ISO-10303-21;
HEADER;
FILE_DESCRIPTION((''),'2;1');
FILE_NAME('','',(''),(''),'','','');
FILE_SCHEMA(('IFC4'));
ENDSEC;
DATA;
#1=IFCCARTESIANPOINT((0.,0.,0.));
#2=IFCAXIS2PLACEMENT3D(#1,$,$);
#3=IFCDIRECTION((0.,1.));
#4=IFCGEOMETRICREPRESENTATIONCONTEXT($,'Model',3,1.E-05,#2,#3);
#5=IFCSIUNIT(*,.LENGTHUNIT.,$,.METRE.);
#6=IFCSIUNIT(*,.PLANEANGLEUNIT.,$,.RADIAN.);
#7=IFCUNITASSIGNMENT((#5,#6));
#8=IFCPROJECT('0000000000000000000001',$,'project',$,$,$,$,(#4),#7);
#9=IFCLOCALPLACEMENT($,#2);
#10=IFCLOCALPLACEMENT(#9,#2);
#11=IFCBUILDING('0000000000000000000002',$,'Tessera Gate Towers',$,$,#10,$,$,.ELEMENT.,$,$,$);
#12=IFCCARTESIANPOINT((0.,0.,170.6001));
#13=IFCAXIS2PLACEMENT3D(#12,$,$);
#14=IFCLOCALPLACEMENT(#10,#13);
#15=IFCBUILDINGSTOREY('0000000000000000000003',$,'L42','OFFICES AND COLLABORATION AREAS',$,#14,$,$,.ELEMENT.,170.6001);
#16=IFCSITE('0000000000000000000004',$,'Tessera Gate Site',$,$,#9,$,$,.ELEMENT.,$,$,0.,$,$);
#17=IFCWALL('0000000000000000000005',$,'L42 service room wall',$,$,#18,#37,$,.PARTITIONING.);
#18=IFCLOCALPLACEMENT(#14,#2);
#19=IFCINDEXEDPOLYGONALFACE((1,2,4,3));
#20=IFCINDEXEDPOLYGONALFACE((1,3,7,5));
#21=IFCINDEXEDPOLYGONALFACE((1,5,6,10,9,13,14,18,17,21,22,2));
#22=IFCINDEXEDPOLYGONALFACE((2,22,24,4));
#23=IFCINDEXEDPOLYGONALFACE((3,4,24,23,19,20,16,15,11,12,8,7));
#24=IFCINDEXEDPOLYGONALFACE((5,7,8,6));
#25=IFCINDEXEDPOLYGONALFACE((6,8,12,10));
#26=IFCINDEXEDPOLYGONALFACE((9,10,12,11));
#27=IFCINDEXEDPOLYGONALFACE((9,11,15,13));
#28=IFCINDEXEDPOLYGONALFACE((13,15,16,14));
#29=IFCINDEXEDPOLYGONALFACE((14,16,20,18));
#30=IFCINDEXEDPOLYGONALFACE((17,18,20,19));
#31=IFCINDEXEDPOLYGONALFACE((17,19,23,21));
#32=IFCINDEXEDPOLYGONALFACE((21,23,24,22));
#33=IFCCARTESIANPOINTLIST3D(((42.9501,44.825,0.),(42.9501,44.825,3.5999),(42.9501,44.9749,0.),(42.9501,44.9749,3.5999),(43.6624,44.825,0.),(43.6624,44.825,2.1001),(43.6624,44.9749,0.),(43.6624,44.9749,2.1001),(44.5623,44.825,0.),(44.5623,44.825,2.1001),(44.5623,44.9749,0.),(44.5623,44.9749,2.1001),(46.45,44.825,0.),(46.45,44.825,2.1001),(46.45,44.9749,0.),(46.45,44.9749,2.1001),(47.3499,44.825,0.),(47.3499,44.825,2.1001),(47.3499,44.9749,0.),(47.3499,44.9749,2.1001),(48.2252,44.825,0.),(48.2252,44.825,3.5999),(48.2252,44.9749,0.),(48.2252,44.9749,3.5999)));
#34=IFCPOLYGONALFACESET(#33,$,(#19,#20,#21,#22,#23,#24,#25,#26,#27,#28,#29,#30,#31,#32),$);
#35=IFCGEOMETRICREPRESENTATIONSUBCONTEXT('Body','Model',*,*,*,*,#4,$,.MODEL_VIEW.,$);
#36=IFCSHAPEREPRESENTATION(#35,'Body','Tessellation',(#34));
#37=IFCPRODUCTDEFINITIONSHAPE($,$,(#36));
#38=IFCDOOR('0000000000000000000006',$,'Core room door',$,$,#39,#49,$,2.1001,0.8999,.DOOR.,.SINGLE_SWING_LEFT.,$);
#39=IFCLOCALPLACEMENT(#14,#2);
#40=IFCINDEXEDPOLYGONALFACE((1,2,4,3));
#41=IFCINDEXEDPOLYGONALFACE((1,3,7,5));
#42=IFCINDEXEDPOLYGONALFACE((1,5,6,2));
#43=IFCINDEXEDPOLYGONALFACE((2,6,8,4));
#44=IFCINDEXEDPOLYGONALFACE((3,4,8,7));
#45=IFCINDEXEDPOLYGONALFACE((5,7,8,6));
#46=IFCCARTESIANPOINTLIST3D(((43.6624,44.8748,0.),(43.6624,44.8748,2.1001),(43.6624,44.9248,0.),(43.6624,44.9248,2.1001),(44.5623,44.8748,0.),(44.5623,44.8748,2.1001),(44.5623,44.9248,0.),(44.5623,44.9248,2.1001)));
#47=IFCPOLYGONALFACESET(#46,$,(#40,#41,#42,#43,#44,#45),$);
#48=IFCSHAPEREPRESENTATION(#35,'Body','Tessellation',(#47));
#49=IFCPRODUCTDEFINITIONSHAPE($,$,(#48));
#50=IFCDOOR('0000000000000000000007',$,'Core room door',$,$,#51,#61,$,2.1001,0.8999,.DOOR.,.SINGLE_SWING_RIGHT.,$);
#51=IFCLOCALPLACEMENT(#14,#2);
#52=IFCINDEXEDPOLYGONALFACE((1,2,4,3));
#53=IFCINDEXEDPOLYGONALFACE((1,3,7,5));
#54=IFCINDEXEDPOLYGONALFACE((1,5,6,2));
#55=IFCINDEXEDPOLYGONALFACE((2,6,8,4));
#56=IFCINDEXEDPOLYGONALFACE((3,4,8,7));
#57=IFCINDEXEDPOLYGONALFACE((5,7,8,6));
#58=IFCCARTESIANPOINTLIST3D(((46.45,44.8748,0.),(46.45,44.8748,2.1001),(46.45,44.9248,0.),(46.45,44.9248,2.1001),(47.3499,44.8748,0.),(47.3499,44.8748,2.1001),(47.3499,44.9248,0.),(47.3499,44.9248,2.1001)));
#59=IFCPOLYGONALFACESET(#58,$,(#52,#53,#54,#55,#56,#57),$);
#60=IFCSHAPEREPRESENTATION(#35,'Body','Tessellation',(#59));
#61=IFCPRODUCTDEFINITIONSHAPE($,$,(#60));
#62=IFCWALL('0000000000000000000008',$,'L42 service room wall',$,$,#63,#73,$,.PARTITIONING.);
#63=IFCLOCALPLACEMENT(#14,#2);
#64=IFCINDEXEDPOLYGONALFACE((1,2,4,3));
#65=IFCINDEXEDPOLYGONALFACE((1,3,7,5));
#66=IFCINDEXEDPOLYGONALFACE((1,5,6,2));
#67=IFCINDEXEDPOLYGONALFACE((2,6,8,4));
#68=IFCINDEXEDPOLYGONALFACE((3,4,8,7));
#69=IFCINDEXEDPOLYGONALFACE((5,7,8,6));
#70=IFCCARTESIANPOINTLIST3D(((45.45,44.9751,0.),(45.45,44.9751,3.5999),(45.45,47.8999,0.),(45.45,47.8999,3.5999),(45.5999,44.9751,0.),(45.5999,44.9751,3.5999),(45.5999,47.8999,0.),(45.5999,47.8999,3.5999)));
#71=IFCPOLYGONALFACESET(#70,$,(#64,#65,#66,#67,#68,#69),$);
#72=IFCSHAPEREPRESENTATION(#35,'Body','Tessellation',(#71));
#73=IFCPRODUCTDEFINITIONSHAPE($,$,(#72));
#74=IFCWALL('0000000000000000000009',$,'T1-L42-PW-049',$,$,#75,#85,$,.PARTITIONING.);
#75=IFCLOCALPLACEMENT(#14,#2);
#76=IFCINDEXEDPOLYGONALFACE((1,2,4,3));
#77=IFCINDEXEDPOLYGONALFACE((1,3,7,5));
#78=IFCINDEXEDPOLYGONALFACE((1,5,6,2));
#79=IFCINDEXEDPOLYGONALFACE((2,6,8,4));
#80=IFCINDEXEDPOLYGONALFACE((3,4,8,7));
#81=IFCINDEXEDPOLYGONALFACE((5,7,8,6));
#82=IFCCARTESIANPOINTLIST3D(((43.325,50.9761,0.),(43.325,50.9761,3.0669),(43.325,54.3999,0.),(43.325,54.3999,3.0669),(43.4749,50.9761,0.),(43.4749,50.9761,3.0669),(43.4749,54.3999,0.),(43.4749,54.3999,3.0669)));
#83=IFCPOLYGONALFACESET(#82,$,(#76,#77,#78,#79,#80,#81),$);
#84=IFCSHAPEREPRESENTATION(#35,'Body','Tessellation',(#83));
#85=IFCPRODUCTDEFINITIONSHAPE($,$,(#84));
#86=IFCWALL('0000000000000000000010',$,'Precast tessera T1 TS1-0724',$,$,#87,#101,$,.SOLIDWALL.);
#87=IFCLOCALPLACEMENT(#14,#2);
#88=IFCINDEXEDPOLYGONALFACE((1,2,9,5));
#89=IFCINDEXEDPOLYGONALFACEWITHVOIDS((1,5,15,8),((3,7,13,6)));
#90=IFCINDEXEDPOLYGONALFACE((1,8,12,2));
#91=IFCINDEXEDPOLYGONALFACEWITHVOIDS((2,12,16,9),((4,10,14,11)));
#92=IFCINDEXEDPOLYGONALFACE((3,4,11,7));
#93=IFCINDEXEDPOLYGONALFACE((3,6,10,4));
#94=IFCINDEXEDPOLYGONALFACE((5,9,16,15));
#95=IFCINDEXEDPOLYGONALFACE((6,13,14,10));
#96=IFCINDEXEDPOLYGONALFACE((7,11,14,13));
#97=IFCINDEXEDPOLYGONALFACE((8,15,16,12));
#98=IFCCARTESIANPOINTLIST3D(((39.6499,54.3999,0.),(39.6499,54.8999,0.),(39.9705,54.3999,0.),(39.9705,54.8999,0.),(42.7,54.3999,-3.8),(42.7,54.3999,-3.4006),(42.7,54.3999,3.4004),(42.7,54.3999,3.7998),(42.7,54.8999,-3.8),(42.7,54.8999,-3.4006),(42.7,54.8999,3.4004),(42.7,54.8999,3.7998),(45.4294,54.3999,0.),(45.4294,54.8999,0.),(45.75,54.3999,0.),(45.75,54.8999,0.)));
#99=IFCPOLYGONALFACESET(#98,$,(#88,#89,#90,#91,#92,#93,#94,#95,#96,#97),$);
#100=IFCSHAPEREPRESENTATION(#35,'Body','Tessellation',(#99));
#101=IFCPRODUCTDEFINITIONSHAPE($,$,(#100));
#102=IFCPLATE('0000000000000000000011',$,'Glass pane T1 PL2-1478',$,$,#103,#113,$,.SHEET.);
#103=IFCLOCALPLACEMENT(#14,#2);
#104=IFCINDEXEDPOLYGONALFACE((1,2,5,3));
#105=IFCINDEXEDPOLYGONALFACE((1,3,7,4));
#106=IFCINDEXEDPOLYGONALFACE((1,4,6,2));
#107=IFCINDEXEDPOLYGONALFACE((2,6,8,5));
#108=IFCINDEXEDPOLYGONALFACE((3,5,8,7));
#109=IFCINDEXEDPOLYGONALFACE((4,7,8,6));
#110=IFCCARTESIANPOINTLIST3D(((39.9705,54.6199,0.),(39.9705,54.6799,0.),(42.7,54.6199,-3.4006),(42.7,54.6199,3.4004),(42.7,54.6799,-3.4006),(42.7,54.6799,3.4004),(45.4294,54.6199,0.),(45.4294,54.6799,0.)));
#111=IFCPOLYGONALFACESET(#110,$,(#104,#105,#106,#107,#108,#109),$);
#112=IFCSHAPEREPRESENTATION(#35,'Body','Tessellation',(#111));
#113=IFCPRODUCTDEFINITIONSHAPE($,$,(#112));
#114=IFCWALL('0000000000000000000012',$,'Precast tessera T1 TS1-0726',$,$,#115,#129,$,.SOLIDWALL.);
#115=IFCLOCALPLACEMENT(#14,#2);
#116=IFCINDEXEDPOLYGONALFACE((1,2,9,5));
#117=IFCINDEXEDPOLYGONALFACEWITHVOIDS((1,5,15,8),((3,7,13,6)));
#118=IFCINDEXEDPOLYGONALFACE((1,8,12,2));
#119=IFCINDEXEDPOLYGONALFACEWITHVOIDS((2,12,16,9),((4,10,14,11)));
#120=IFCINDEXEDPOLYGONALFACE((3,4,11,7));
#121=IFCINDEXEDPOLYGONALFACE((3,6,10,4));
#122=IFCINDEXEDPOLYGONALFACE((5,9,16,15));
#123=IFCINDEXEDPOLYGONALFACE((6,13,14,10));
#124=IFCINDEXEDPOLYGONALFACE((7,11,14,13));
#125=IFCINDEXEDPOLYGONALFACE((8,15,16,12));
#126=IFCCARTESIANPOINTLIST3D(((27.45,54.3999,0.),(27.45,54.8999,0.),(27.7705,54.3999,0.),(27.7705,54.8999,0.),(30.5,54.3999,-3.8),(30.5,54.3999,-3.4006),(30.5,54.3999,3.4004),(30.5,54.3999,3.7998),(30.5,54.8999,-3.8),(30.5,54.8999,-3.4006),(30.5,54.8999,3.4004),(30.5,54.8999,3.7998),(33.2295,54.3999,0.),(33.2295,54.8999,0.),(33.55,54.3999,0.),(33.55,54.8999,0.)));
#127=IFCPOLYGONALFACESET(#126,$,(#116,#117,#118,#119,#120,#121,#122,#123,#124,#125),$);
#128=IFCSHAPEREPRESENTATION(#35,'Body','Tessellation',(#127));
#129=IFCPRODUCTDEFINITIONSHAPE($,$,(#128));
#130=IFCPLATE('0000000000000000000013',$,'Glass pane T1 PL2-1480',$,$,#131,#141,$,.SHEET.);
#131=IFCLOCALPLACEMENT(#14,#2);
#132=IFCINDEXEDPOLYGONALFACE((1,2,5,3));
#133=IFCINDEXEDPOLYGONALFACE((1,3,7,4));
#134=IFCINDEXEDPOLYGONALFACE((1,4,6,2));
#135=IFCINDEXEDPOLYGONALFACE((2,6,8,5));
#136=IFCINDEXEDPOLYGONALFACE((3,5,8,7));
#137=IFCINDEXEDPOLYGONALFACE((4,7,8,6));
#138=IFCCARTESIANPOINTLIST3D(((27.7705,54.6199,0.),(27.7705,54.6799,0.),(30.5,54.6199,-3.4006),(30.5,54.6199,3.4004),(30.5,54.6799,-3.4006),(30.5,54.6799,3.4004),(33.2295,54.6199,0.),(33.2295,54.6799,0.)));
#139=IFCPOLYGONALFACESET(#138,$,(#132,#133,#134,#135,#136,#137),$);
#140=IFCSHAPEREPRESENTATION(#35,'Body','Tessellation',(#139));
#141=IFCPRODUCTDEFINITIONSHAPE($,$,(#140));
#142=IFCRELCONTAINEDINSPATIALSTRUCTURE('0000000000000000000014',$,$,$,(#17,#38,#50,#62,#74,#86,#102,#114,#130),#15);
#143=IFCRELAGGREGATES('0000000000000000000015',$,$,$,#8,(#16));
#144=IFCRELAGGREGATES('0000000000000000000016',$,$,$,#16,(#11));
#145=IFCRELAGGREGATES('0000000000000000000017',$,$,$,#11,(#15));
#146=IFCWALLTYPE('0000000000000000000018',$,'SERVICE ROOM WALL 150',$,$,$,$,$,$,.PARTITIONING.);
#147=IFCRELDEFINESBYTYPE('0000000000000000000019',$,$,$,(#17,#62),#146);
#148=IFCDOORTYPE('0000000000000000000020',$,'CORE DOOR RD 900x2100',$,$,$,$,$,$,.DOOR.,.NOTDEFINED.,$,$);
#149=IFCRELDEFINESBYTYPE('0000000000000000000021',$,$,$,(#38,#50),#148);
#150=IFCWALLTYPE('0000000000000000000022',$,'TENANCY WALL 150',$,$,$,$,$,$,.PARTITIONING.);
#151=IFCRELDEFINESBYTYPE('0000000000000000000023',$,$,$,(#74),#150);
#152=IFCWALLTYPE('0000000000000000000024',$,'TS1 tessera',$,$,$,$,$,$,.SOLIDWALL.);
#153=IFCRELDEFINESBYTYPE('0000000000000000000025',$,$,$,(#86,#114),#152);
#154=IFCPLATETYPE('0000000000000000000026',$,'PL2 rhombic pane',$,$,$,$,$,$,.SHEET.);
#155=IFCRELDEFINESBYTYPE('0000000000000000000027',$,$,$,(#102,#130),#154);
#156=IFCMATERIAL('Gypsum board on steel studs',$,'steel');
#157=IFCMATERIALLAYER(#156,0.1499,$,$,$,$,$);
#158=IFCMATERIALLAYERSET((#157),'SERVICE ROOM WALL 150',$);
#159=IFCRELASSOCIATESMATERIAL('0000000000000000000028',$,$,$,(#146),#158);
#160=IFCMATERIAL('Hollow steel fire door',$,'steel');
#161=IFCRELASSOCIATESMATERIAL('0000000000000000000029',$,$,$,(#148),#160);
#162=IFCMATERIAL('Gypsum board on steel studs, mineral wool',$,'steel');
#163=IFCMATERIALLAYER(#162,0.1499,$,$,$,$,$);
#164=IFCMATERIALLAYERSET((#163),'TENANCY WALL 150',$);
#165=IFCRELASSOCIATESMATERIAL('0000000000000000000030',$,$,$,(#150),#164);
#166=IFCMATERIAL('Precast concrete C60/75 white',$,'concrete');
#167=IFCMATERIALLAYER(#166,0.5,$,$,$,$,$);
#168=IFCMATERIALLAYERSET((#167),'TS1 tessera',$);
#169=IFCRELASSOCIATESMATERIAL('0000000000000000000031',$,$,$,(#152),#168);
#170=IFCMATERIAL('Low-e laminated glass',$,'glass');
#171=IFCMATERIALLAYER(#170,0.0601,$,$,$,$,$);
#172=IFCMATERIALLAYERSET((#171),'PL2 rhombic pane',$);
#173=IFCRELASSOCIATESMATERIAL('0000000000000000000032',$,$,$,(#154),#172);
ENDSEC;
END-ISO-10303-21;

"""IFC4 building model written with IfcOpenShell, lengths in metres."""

from ifc_helpers import new_model, si_unit, direction, frame, frame_2d, origin, place, context, subcontext, project, spatial, polyline, rectangle, outline, extrude, source, transform, mapped, material, layer, layer_set, type_object, element, fill, save


model = new_model("IFC4")

# Units and contexts
model_context = context("Model", 3, precision=1e-05, world=origin(), true_north=direction((0.0, 1.0)))
body_context = subcontext(model_context, "Body", "Model", "MODEL_VIEW")
ifc_project = project(units=[si_unit("LENGTHUNIT", "METRE"), si_unit("PLANEANGLEUNIT", "RADIAN")], contexts=[model_context])

# Site, building, storey
site_placement = place(None, origin())
site = spatial("IfcSite", under=ifc_project, at=site_placement, Name="Tessera Gate Site", CompositionType="ELEMENT", RefElevation=0.0)
building_placement = place(site_placement, origin())
building = spatial("IfcBuilding", under=site, at=building_placement, Name="Tessera Gate Towers", CompositionType="ELEMENT")
storey_placement = place(building_placement, frame((0.0, 0.0, 170.6001)))
storey = spatial("IfcBuildingStorey", under=building, at=storey_placement, Name="L42", Description="OFFICES AND COLLABORATION AREAS", CompositionType="ELEMENT", Elevation=170.6001)

# Wall, openings, doors
ifc_material_1 = material(Name="Gypsum board on steel studs", Category="steel")
ifc_layer_1 = layer(ifc_material_1, 0.1499)
ifc_layer_set_1 = layer_set([ifc_layer_1], Name="SERVICE ROOM WALL 150")
wall_type_1 = type_object("IfcWallType", Name="SERVICE ROOM WALL 150", PredefinedType="PARTITIONING", material=ifc_layer_set_1)
shared_shape_1 = source(origin(), body_context, "Body", "SweptSolid", [
    extrude(rectangle(XDim=0.8999, YDim=2.1001, at=frame_2d((0.45, 1.05))), frame((0.0, 0.085, 0.0), z_axis=(0.0, -1.0, 0.0), x_axis=(1.0, 0.0, 0.0)), (0.0, 0.0, 1.0), 0.1699),
])
ifc_material_2 = material(Name="Hollow steel fire door", Category="steel")
door_type_1 = type_object("IfcDoorType", Name="CORE DOOR RD 900x2100", OperationType="NOTDEFINED", PredefinedType="DOOR", material=ifc_material_2)
shared_shape_2 = source(origin(), body_context, "Body", "SweptSolid", [
    extrude(rectangle(XDim=0.8999, YDim=2.1001, at=frame_2d((0.45, 1.05))), frame((0.0, 0.0249, 0.0), z_axis=(0.0, -1.0, 0.0), x_axis=(1.0, 0.0, 0.0)), (0.0, 0.0, 1.0), 0.05),
])
wall_1_placement = place(storey_placement, frame((42.95, 44.8999, 0.0), z_axis=(0.0, 0.0, 1.0), x_axis=(1.0, 0.0, 0.0)))
wall_1 = element("IfcWall", 1, at=wall_1_placement, inside=storey, type_object=wall_type_1, Name="L42 service room wall", PredefinedType="PARTITIONING", context=body_context, shape_type="SweptSolid", body=[
    extrude(rectangle(XDim=5.2751, YDim=0.1499, at=frame_2d((2.6377, 0.0))), origin(), (0.0, 0.0, 1.0), 3.5999),
])
opening_1_placement = place(wall_1_placement, frame((0.7124, 0.0, 0.0)))
opening_1 = element("IfcOpeningElement", 2, at=opening_1_placement, cuts=wall_1, PredefinedType="OPENING", context=body_context, shape_type="MappedRepresentation", body=[
    mapped(shared_shape_1, transform((0.0, 0.0, 0.0), scale=1.0)),
])
opening_2_placement = place(wall_1_placement, frame((3.5, 0.0, 0.0)))
opening_2 = element("IfcOpeningElement", 3, at=opening_2_placement, cuts=wall_1, PredefinedType="OPENING", context=body_context, shape_type="MappedRepresentation", body=[
    mapped(shared_shape_1, transform((0.0, 0.0, 0.0), scale=1.0)),
])
door_1_placement = place(opening_1_placement, origin())
door_1 = element("IfcDoor", 4, at=door_1_placement, inside=storey, type_object=door_type_1, Name="Core room door", OperationType="SINGLE_SWING_LEFT", OverallHeight=2.1001, OverallWidth=0.8999, PredefinedType="DOOR", context=body_context, shape_type="MappedRepresentation", body=[
    mapped(shared_shape_2, transform((0.0, 0.0, 0.0), scale=1.0)),
])
fill(opening_1, door_1)
door_2_placement = place(opening_2_placement, origin())
door_2 = element("IfcDoor", 5, at=door_2_placement, inside=storey, type_object=door_type_1, Name="Core room door", OperationType="SINGLE_SWING_RIGHT", OverallHeight=2.1001, OverallWidth=0.8999, PredefinedType="DOOR", context=body_context, shape_type="MappedRepresentation", body=[
    mapped(shared_shape_2, transform((0.0, 0.0, 0.0), scale=1.0)),
])
fill(opening_2, door_2)

# Walls
wall_2_placement = place(storey_placement, frame((45.5249, 44.9751, 0.0), z_axis=(0.0, 0.0, 1.0), x_axis=(0.0, 1.0, 0.0)))
element("IfcWall", 6, at=wall_2_placement, inside=storey, type_object=wall_type_1, Name="L42 service room wall", PredefinedType="PARTITIONING", context=body_context, shape_type="SweptSolid", body=[
    extrude(rectangle(XDim=2.9248, YDim=0.1499, at=frame_2d((1.4624, 0.0))), origin(), (0.0, 0.0, 1.0), 3.5999),
])
ifc_material_3 = material(Name="Gypsum board on steel studs, mineral wool", Category="steel")
ifc_layer_2 = layer(ifc_material_3, 0.1499)
ifc_layer_set_2 = layer_set([ifc_layer_2], Name="TENANCY WALL 150")
wall_type_2 = type_object("IfcWallType", Name="TENANCY WALL 150", PredefinedType="PARTITIONING", material=ifc_layer_set_2)
wall_3_placement = place(storey_placement, frame((43.3999, 50.9761, 0.0), z_axis=(0.0, 0.0, 1.0), x_axis=(0.0, 1.0, 0.0)))
element("IfcWall", 7, at=wall_3_placement, inside=storey, type_object=wall_type_2, Name="T1-L42-PW-049", PredefinedType="PARTITIONING", context=body_context, shape_type="SweptSolid", body=[
    extrude(rectangle(XDim=3.4238, YDim=0.1499, at=frame_2d((1.7119, 0.0))), origin(), (0.0, 0.0, 1.0), 3.0669),
])

# Walls, openings, plates
ifc_material_4 = material(Name="Precast concrete C60/75 white", Category="concrete")
ifc_layer_3 = layer(ifc_material_4, 0.5)
ifc_layer_set_3 = layer_set([ifc_layer_3], Name="TS1 tessera")
wall_type_3 = type_object("IfcWallType", Name="TS1 tessera", PredefinedType="SOLIDWALL", material=ifc_layer_set_3)
shared_shape_3 = source(origin(), body_context, "Body", "SweptSolid", [
    extrude(outline(polyline([(3.05, 0.0), (6.1001, 3.8), (3.05, 7.5999), (0.0, 3.8), (3.05, 0.0)])), frame((0.0, 0.25, 0.0), z_axis=(0.0, -1.0, 0.0), x_axis=(1.0, 0.0, 0.0)), (0.0, 0.0, 1.0), 0.5),
])
wall_4_placement = place(storey_placement, frame((45.75, 54.6499, -3.8), z_axis=(0.0, 0.0, 1.0), x_axis=(-1.0, 0.0, 0.0)))
wall_4 = element("IfcWall", 8, at=wall_4_placement, inside=storey, type_object=wall_type_3, Name="Precast tessera T1 TS1-0724", PredefinedType="SOLIDWALL", context=body_context, shape_type="MappedRepresentation", body=[
    mapped(shared_shape_3, transform((0.0, 0.0, 0.0), scale=1.0)),
])
shared_shape_4 = source(origin(), body_context, "Body", "SweptSolid", [
    extrude(outline(polyline([(3.05, 0.3994), (5.7795, 3.8), (3.05, 7.2004), (0.3206, 3.8), (3.05, 0.3994)])), frame((0.0, 0.26, 0.0), z_axis=(0.0, -1.0, 0.0), x_axis=(1.0, 0.0, 0.0)), (0.0, 0.0, 1.0), 0.52),
])
opening_3_placement = place(wall_4_placement, origin())
opening_3 = element("IfcOpeningElement", 9, at=opening_3_placement, cuts=wall_4, PredefinedType="OPENING", context=body_context, shape_type="MappedRepresentation", body=[
    mapped(shared_shape_4, transform((0.0, 0.0, 0.0), scale=1.0)),
])
ifc_material_5 = material(Name="Low-e laminated glass", Category="glass")
ifc_layer_4 = layer(ifc_material_5, 0.0601)
ifc_layer_set_4 = layer_set([ifc_layer_4], Name="PL2 rhombic pane")
plate_type = type_object("IfcPlateType", Name="PL2 rhombic pane", PredefinedType="SHEET", material=ifc_layer_set_4)
shared_shape_5 = source(origin(), body_context, "Body", "SweptSolid", [
    extrude(outline(polyline([(3.05, 0.3994), (5.7795, 3.8), (3.05, 7.2004), (0.3206, 3.8), (3.05, 0.3994)])), frame((0.0, 0.03, 0.0), z_axis=(0.0, -1.0, 0.0), x_axis=(1.0, 0.0, 0.0)), (0.0, 0.0, 1.0), 0.0601),
])
plate_1_placement = place(opening_3_placement, origin())
plate_1 = element("IfcPlate", 10, at=plate_1_placement, inside=storey, type_object=plate_type, Name="Glass pane T1 PL2-1478", PredefinedType="SHEET", context=body_context, shape_type="MappedRepresentation", body=[
    mapped(shared_shape_5, transform((0.0, 0.0, 0.0), scale=1.0)),
])
fill(opening_3, plate_1)
wall_5_placement = place(storey_placement, frame((33.55, 54.6499, -3.8), z_axis=(0.0, 0.0, 1.0), x_axis=(-1.0, 0.0, 0.0)))
wall_5 = element("IfcWall", 11, at=wall_5_placement, inside=storey, type_object=wall_type_3, Name="Precast tessera T1 TS1-0726", PredefinedType="SOLIDWALL", context=body_context, shape_type="MappedRepresentation", body=[
    mapped(shared_shape_3, transform((0.0, 0.0, 0.0), scale=1.0)),
])
opening_4_placement = place(wall_5_placement, origin())
opening_4 = element("IfcOpeningElement", 12, at=opening_4_placement, cuts=wall_5, PredefinedType="OPENING", context=body_context, shape_type="MappedRepresentation", body=[
    mapped(shared_shape_4, transform((0.0, 0.0, 0.0), scale=1.0)),
])
plate_2_placement = place(opening_4_placement, origin())
plate_2 = element("IfcPlate", 13, at=plate_2_placement, inside=storey, type_object=plate_type, Name="Glass pane T1 PL2-1480", PredefinedType="SHEET", context=body_context, shape_type="MappedRepresentation", body=[
    mapped(shared_shape_5, transform((0.0, 0.0, 0.0), scale=1.0)),
])
fill(opening_4, plate_2)

save(model, "model.ifc")
